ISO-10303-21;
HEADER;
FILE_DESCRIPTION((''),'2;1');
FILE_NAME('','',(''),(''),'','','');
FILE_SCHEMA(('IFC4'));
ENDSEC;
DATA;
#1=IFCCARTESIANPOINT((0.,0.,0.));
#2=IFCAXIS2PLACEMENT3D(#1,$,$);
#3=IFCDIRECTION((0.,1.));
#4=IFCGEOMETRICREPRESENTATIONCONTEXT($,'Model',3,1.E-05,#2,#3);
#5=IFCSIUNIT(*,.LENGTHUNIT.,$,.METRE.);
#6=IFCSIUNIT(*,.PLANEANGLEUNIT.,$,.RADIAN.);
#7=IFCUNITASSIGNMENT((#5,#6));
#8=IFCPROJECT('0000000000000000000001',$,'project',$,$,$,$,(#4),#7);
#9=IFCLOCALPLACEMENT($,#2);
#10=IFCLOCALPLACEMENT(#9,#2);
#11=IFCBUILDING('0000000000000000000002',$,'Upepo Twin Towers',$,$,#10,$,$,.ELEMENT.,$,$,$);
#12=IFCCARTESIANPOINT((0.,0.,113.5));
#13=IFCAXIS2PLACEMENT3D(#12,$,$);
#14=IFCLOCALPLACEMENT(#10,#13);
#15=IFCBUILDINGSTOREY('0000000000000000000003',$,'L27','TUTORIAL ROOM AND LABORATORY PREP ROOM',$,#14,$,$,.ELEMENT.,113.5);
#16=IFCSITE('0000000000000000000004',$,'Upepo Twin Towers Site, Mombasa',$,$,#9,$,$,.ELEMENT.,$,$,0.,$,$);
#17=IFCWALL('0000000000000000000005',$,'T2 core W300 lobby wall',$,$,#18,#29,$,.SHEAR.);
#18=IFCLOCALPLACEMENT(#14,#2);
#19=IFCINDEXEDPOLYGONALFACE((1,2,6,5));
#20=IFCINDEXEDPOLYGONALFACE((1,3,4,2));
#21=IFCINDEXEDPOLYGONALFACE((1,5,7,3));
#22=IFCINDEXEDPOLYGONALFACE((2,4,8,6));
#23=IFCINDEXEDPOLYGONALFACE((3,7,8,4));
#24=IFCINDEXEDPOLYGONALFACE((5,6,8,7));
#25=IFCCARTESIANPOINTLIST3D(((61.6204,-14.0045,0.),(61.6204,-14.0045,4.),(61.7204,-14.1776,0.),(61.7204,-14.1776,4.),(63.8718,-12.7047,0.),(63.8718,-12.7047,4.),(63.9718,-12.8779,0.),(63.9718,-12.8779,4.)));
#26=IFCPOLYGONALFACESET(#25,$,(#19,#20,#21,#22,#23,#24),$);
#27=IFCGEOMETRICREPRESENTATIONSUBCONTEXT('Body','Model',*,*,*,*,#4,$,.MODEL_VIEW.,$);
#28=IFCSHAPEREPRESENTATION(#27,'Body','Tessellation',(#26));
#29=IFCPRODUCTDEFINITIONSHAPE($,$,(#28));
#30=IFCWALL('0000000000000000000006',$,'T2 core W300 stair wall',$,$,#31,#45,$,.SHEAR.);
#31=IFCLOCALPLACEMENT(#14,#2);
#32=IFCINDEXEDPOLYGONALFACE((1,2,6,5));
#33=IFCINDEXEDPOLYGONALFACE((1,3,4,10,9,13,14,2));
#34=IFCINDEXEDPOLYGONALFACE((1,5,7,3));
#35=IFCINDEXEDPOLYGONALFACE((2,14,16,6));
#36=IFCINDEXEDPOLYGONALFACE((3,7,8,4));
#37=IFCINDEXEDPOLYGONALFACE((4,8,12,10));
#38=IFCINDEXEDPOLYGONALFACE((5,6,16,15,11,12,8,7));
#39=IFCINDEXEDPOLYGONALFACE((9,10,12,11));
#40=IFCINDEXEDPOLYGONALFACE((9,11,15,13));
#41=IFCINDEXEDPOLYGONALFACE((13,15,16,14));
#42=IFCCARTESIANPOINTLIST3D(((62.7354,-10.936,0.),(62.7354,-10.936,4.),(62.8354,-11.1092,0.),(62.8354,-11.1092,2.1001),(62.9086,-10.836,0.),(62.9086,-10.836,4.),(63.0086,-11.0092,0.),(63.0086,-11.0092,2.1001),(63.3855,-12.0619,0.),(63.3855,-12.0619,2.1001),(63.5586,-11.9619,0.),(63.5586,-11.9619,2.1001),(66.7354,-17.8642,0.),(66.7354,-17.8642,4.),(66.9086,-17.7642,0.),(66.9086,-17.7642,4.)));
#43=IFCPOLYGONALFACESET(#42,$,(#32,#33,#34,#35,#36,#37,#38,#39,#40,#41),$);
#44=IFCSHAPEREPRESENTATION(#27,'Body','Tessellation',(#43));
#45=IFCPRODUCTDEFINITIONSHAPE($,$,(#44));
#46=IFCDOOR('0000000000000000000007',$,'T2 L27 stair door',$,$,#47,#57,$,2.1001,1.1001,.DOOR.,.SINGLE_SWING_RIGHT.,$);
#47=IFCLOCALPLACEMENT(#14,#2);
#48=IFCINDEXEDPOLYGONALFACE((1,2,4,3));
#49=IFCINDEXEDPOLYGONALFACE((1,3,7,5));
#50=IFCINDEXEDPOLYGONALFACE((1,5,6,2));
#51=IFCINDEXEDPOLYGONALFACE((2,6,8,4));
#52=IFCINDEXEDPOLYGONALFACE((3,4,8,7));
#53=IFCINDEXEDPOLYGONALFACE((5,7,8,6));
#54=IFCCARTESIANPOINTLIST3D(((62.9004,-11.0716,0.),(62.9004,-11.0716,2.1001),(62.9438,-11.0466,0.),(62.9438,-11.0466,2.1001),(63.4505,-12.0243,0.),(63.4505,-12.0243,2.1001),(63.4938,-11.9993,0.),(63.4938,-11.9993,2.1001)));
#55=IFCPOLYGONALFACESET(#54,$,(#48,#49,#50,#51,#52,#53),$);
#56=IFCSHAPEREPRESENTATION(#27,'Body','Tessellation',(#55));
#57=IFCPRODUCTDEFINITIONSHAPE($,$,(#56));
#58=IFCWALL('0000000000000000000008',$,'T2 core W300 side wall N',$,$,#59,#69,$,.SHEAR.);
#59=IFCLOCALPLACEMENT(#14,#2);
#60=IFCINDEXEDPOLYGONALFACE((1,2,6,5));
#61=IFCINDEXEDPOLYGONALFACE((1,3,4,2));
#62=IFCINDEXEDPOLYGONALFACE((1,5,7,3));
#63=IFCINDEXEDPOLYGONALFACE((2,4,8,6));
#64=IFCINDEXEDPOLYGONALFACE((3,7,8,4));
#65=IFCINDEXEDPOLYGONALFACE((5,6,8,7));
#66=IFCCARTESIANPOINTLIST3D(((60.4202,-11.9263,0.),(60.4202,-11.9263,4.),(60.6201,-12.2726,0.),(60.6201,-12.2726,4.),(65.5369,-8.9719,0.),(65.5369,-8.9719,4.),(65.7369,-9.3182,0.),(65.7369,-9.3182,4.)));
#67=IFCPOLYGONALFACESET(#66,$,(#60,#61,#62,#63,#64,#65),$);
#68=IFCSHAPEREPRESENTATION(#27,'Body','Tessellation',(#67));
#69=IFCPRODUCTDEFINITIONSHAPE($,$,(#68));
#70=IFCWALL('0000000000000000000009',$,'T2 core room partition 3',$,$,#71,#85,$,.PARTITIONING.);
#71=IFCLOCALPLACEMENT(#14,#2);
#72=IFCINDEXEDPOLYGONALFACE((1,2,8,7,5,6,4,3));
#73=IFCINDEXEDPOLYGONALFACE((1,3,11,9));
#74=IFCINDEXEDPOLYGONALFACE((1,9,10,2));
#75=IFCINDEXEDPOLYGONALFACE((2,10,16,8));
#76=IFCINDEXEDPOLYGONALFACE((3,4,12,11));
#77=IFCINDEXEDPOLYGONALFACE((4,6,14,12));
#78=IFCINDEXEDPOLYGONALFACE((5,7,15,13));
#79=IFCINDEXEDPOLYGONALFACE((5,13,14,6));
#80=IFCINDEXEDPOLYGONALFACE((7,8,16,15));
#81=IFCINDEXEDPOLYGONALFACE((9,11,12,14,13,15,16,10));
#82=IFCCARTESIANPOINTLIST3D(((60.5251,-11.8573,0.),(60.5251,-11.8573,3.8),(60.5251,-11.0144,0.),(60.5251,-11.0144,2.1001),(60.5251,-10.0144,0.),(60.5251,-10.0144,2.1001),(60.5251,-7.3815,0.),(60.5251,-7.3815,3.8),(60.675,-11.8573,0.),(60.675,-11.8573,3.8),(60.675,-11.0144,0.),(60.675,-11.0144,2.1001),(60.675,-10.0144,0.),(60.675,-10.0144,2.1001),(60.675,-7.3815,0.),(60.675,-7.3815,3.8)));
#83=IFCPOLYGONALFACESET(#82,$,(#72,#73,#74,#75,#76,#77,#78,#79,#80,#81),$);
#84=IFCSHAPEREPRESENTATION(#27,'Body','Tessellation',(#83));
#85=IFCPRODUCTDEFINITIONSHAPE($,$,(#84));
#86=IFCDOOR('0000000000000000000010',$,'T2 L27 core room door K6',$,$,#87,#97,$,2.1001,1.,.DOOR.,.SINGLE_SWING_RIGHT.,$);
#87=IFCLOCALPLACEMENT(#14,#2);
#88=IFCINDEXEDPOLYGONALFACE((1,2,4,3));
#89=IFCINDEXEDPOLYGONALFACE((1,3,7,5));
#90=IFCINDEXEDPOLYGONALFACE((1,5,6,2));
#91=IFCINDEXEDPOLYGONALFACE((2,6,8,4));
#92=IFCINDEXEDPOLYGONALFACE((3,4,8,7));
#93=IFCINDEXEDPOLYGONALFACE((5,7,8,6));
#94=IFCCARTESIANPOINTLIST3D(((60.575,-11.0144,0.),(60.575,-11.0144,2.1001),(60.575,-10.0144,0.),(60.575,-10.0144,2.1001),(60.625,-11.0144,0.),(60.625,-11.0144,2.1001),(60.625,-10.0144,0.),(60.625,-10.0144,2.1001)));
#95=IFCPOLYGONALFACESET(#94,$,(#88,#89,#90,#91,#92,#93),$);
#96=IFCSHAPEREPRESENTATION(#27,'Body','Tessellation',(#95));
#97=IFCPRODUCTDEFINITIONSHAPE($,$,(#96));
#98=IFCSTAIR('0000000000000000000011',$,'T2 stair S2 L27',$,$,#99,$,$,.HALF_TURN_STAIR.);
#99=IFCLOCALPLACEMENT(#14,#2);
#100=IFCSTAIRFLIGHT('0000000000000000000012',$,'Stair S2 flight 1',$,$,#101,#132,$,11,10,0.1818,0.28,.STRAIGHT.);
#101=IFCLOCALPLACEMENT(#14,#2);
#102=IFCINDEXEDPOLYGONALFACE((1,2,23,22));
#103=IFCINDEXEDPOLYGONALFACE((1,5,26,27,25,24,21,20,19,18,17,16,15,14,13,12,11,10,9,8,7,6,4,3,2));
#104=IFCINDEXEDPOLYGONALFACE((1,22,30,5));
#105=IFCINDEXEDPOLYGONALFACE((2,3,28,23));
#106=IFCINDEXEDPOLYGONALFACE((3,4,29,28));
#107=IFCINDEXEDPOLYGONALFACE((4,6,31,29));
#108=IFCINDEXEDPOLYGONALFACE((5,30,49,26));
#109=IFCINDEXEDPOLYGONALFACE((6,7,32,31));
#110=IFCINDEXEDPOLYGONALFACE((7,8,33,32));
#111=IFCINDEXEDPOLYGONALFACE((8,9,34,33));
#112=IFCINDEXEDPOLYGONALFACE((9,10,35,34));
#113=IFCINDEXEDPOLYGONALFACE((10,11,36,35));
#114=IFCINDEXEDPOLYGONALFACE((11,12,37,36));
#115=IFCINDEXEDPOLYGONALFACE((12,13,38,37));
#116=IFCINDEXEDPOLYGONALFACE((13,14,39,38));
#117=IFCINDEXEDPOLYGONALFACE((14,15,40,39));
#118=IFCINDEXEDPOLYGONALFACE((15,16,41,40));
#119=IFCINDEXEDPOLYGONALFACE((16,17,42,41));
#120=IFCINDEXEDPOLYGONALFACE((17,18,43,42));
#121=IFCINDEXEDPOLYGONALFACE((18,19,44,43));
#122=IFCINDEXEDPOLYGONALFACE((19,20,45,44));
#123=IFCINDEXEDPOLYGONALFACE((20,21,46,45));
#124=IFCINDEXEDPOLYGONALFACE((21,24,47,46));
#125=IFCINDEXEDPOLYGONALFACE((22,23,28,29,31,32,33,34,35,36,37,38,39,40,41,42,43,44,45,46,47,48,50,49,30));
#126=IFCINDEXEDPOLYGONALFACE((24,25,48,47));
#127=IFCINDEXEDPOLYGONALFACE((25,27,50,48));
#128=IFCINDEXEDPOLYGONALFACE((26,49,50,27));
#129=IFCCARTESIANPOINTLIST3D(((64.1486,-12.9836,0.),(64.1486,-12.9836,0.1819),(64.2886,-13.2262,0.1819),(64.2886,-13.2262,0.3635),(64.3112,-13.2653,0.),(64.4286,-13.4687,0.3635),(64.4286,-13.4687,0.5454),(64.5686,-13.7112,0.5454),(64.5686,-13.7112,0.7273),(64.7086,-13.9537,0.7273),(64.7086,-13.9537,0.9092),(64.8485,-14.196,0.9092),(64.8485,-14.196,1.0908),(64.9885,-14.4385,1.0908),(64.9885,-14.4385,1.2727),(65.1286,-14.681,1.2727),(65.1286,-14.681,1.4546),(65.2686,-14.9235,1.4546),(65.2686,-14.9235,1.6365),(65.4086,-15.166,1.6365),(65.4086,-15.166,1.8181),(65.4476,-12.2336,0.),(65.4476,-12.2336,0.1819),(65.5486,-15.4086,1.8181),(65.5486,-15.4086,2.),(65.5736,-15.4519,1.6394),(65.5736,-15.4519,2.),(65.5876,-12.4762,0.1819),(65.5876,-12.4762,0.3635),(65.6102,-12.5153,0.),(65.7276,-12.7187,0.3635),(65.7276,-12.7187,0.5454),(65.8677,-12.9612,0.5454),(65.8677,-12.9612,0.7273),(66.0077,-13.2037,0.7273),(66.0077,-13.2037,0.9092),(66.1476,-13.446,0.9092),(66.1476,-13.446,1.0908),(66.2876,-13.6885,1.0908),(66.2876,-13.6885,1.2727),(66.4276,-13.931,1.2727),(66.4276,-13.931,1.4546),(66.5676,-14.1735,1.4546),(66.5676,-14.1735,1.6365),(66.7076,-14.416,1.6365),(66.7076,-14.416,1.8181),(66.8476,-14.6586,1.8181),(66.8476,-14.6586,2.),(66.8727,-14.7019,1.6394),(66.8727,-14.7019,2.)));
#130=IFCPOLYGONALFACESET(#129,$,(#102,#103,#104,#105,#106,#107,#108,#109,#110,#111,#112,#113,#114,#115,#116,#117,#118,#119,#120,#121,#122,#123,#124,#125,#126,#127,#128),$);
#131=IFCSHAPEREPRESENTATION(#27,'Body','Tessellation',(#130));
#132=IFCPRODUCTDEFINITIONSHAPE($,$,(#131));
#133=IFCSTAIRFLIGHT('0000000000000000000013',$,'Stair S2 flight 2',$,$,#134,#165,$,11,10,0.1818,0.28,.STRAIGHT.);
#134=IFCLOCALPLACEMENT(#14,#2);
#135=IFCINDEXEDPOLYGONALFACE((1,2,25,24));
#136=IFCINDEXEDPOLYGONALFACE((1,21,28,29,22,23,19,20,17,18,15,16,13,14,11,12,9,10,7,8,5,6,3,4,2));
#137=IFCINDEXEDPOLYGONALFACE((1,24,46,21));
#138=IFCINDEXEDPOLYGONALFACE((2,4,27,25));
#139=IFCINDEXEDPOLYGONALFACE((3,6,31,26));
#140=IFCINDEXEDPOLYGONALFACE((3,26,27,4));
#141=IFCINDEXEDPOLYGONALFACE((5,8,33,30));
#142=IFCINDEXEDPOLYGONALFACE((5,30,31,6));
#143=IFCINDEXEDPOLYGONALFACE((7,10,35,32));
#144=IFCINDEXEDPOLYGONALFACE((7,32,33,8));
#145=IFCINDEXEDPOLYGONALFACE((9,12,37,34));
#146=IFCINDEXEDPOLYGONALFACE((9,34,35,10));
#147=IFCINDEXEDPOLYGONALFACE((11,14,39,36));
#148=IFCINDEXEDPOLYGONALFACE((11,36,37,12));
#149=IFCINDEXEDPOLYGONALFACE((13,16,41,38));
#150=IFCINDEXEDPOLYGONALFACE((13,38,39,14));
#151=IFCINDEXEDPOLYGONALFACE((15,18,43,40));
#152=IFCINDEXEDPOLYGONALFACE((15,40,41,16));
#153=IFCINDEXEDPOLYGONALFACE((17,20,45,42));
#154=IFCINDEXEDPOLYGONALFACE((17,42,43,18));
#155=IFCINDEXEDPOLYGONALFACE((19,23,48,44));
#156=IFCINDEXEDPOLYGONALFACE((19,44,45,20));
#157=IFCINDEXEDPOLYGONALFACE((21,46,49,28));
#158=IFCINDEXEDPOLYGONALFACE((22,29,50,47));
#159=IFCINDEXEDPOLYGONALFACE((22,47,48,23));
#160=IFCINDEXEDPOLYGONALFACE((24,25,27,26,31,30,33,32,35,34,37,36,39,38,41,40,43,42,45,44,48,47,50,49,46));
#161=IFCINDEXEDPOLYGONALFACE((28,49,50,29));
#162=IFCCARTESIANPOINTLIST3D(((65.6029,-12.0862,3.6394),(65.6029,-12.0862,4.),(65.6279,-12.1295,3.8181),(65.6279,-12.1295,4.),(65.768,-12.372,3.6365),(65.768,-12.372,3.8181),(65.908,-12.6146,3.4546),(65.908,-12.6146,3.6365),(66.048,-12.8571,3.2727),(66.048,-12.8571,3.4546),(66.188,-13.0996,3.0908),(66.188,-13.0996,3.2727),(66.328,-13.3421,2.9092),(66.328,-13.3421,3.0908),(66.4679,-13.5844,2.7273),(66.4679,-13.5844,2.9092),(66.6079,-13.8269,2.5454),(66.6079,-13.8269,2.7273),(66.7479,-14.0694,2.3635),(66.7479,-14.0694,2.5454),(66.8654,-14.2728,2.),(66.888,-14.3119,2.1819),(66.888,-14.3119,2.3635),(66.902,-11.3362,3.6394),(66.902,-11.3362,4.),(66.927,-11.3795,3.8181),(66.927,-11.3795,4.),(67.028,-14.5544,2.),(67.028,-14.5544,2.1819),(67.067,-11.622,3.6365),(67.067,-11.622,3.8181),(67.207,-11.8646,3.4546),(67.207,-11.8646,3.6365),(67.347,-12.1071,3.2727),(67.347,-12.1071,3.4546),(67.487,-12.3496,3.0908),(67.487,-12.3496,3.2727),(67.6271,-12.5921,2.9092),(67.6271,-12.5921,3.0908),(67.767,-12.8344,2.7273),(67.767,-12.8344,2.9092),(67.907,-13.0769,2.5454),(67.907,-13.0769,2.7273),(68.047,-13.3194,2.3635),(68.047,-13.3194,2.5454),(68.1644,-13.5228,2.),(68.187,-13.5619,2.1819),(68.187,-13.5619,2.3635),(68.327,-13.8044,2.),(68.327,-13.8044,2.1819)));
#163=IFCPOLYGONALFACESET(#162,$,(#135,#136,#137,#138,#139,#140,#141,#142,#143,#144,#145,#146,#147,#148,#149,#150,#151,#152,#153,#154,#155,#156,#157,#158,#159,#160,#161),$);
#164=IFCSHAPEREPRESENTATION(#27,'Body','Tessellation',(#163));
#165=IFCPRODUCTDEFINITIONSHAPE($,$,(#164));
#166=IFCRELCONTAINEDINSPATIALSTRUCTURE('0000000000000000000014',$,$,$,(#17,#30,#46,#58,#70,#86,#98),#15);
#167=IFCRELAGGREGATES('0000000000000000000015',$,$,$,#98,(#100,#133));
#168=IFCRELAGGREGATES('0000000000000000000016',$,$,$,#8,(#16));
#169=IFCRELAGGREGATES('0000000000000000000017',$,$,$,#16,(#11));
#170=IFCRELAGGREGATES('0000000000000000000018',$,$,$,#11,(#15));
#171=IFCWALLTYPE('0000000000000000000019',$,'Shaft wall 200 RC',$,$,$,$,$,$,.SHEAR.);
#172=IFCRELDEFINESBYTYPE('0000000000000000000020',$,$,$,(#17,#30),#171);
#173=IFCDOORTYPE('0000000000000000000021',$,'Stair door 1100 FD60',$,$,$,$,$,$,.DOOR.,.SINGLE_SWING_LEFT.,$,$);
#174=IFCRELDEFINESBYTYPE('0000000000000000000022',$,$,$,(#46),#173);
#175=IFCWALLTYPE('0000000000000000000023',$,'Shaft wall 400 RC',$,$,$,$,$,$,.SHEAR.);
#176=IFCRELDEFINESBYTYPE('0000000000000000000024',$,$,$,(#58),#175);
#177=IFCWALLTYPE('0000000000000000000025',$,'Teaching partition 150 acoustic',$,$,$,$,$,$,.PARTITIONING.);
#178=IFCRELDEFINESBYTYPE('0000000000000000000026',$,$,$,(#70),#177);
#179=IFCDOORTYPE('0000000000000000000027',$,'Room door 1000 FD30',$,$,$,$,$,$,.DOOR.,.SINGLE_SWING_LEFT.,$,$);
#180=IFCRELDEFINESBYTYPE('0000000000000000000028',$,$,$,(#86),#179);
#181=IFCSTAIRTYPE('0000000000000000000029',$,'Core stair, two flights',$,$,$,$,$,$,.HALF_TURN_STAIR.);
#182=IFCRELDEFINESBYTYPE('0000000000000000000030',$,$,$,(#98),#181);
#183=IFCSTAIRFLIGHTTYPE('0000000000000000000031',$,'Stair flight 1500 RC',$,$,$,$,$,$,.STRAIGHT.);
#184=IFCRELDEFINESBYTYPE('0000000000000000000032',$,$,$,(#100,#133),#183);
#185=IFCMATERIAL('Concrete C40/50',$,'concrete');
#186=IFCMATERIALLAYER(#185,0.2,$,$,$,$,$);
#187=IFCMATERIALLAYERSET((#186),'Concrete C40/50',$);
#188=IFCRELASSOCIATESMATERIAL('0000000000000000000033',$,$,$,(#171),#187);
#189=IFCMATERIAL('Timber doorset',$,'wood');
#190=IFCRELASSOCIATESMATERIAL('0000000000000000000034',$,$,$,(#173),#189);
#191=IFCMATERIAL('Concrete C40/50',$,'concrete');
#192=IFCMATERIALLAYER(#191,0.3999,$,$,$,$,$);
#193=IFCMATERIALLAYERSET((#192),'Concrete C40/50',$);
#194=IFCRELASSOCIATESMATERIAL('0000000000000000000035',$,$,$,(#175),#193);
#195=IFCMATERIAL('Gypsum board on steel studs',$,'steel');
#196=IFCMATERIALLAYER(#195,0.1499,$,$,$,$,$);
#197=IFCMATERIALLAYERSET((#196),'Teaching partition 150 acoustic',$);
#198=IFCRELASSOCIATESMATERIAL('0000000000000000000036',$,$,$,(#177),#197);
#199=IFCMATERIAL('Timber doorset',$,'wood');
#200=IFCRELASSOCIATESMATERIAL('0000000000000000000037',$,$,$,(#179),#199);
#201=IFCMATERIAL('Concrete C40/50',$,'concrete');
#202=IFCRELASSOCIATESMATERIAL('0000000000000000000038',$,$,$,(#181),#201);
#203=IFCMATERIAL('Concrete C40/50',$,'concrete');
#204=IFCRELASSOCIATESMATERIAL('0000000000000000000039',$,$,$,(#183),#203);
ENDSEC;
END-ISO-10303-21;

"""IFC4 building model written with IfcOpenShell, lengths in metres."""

from ifc_helpers import new_model, si_unit, direction, frame, frame_2d, origin, place, context, subcontext, project, spatial, polyline, rectangle, outline, extrude, material, layer, layer_set, type_object, element, fill, aggregate, save


model = new_model("IFC4")

# Units and contexts
model_context = context("Model", 3, precision=1e-05, world=origin(), true_north=direction((0.0, 1.0)))
body_context = subcontext(model_context, "Body", "Model", "MODEL_VIEW")
ifc_project = project(units=[si_unit("LENGTHUNIT", "METRE"), si_unit("PLANEANGLEUNIT", "RADIAN")], contexts=[model_context])

# Site, building, storey
site_placement = place(None, origin())
site = spatial("IfcSite", under=ifc_project, at=site_placement, Name="Upepo Twin Towers Site, Mombasa", CompositionType="ELEMENT", RefElevation=0.0)
building_placement = place(site_placement, origin())
building = spatial("IfcBuilding", under=site, at=building_placement, Name="Upepo Twin Towers", CompositionType="ELEMENT")
storey_placement = place(building_placement, frame((0.0, 0.0, 113.5)))
storey = spatial("IfcBuildingStorey", under=building, at=storey_placement, Name="L27", Description="TUTORIAL ROOM AND LABORATORY PREP ROOM", CompositionType="ELEMENT", Elevation=113.5)

# Shared definitions
ifc_material_1 = material(Name="Concrete C40/50", Category="concrete")
ifc_layer_1 = layer(ifc_material_1, 0.2)
ifc_layer_set_1 = layer_set([ifc_layer_1], Name="Concrete C40/50")
wall_type_1 = type_object("IfcWallType", Name="Shaft wall 200 RC", PredefinedType="SHEAR", material=ifc_layer_set_1)

# Wall
wall_1_placement = place(storey_placement, frame((61.6704, -14.0911, 0.0), z_axis=(0.0, 0.0, 1.0), x_axis=(0.866039, 0.499977, 0.0)))
element("IfcWall", 1, at=wall_1_placement, inside=storey, type_object=wall_type_1, Name="T2 core W300 lobby wall", PredefinedType="SHEAR", context=body_context, shape_type="SweptSolid", body=[
    extrude(rectangle(XDim=2.5996, YDim=0.2, at=frame_2d((1.2998, 0.0))), origin(), (0.0, 0.0, 1.0), 4.0),
])

# Wall, opening, door
wall_2_placement = place(storey_placement, frame((66.822, -17.8142, 0.0), z_axis=(0.0, 0.0, 1.0), x_axis=(-0.499999, 0.866026, 0.0)))
wall_2 = element("IfcWall", 2, at=wall_2_placement, inside=storey, type_object=wall_type_1, Name="T2 core W300 stair wall", PredefinedType="SHEAR", context=body_context, shape_type="SweptSolid", body=[
    extrude(rectangle(XDim=8.0, YDim=0.2, at=frame_2d((4.0, 0.0))), origin(), (0.0, 0.0, 1.0), 4.0),
])
opening_1_placement = place(wall_2_placement, frame((6.7, 0.0, 0.0)))
opening_1 = element("IfcOpeningElement", 3, at=opening_1_placement, cuts=wall_2, PredefinedType="OPENING", context=body_context, shape_type="SweptSolid", body=[
    extrude(rectangle(XDim=1.1001, YDim=2.1001, at=frame_2d((0.55, 1.05))), frame((0.0, 0.1099, 0.0), z_axis=(0.0, -1.0, 0.0), x_axis=(1.0, 0.0, 0.0)), (0.0, 0.0, 1.0), 0.22),
])
ifc_material_2 = material(Name="Timber doorset", Category="wood")
door_type_1 = type_object("IfcDoorType", Name="Stair door 1100 FD60", OperationType="SINGLE_SWING_LEFT", PredefinedType="DOOR", material=ifc_material_2)
door_1_placement = place(opening_1_placement, origin())
door_1 = element("IfcDoor", 4, at=door_1_placement, inside=storey, type_object=door_type_1, Name="T2 L27 stair door", OperationType="SINGLE_SWING_RIGHT", OverallHeight=2.1001, OverallWidth=1.1001, PredefinedType="DOOR", context=body_context, shape_type="SweptSolid", body=[
    extrude(rectangle(XDim=1.1001, YDim=2.1001, at=frame_2d((0.55, 1.05))), frame((0.0, 0.0249, 0.0), z_axis=(0.0, -1.0, 0.0), x_axis=(1.0, 0.0, 0.0)), (0.0, 0.0, 1.0), 0.05),
])
fill(opening_1, door_1)

# Wall
ifc_material_3 = material(Name="Concrete C40/50", Category="concrete")
ifc_layer_2 = layer(ifc_material_3, 0.3999)
ifc_layer_set_2 = layer_set([ifc_layer_2], Name="Concrete C40/50")
wall_type_2 = type_object("IfcWallType", Name="Shaft wall 400 RC", PredefinedType="SHEAR", material=ifc_layer_set_2)
wall_3_placement = place(storey_placement, frame((60.5203, -12.0994, 0.0), z_axis=(0.0, 0.0, 1.0), x_axis=(0.866009, 0.500028, 0.0)))
element("IfcWall", 5, at=wall_3_placement, inside=storey, type_object=wall_type_2, Name="T2 core W300 side wall N", PredefinedType="SHEAR", context=body_context, shape_type="SweptSolid", body=[
    extrude(rectangle(XDim=5.9084, YDim=0.3999, at=frame_2d((2.9541, 0.0))), origin(), (0.0, 0.0, 1.0), 4.0),
])

# Wall, opening, door
ifc_material_4 = material(Name="Gypsum board on steel studs", Category="steel")
ifc_layer_3 = layer(ifc_material_4, 0.1499)
ifc_layer_set_3 = layer_set([ifc_layer_3], Name="Teaching partition 150 acoustic")
wall_type_3 = type_object("IfcWallType", Name="Teaching partition 150 acoustic", PredefinedType="PARTITIONING", material=ifc_layer_set_3)
wall_4_placement = place(storey_placement, frame((60.6001, -7.3816, 0.0), z_axis=(0.0, 0.0, 1.0), x_axis=(0.0, -1.0, 0.0)))
wall_4 = element("IfcWall", 6, at=wall_4_placement, inside=storey, type_object=wall_type_3, Name="T2 core room partition 3", PredefinedType="PARTITIONING", context=body_context, shape_type="SweptSolid", body=[
    extrude(rectangle(XDim=4.4758, YDim=0.1499, at=frame_2d((2.2378, 0.0))), origin(), (0.0, 0.0, 1.0), 3.8),
])
opening_2_placement = place(wall_4_placement, frame((2.6328, 0.0, 0.0)))
opening_2 = element("IfcOpeningElement", 7, at=opening_2_placement, cuts=wall_4, PredefinedType="OPENING", context=body_context, shape_type="SweptSolid", body=[
    extrude(rectangle(XDim=1.0, YDim=2.1001, at=frame_2d((0.5, 1.05))), frame((0.0, 0.085, 0.0), z_axis=(0.0, -1.0, 0.0), x_axis=(1.0, 0.0, 0.0)), (0.0, 0.0, 1.0), 0.1699),
])
ifc_material_5 = material(Name="Timber doorset", Category="wood")
door_type_2 = type_object("IfcDoorType", Name="Room door 1000 FD30", OperationType="SINGLE_SWING_LEFT", PredefinedType="DOOR", material=ifc_material_5)
door_2_placement = place(opening_2_placement, origin())
door_2 = element("IfcDoor", 8, at=door_2_placement, inside=storey, type_object=door_type_2, Name="T2 L27 core room door K6", OperationType="SINGLE_SWING_RIGHT", OverallHeight=2.1001, OverallWidth=1.0, PredefinedType="DOOR", context=body_context, shape_type="SweptSolid", body=[
    extrude(rectangle(XDim=1.0, YDim=2.1001, at=frame_2d((0.5, 1.05))), frame((0.0, 0.0249, 0.0), z_axis=(0.0, -1.0, 0.0), x_axis=(1.0, 0.0, 0.0)), (0.0, 0.0, 1.0), 0.05),
])
fill(opening_2, door_2)

# Stair, stair flights
ifc_material_6 = material(Name="Concrete C40/50", Category="concrete")
stair_type = type_object("IfcStairType", Name="Core stair, two flights", PredefinedType="HALF_TURN_STAIR", material=ifc_material_6)
stair_placement = place(storey_placement, origin())
stair = element("IfcStair", 9, at=stair_placement, inside=storey, type_object=stair_type, Name="T2 stair S2 L27", PredefinedType="HALF_TURN_STAIR")
ifc_material_7 = material(Name="Concrete C40/50", Category="concrete")
stair_flight_type = type_object("IfcStairFlightType", Name="Stair flight 1500 RC", PredefinedType="STRAIGHT", material=ifc_material_7)
stair_flight_1_placement = place(storey_placement, frame((64.7981, -12.6086, 0.0), z_axis=(0.0, 0.0, 1.0), x_axis=(0.5, -0.866025, 0.0)))
stair_flight_1 = element("IfcStairFlight", 10, at=stair_flight_1_placement, type_object=stair_flight_type, Name="Stair S2 flight 1", NumberOfRisers=11, NumberOfTreads=10, PredefinedType="STRAIGHT", RiserHeight=0.1818, TreadLength=0.28, context=body_context, shape_type="SweptSolid", body=[
    extrude(outline(polyline([(0.0, 0.0), (0.0, 0.1819), (0.28, 0.1819), (0.28, 0.3635), (0.5601, 0.3635), (0.5601, 0.5454), (0.8401, 0.5454), (0.8401, 0.7273), (1.1201, 0.7273), (1.1201, 0.9092), (1.3999, 0.9092), (1.3999, 1.0908), (1.6799, 1.0908), (1.6799, 1.2727), (1.96, 1.2727), (1.96, 1.4546), (2.24, 1.4546), (2.24, 1.6365), (2.52, 1.6365), (2.52, 1.8181), (2.8, 1.8181), (2.8, 2.0), (2.8501, 2.0), (2.8501, 1.6394), (0.3252, 0.0), (0.0, 0.0)])), frame((0.0, 0.75, 0.0), z_axis=(0.0, -1.0, 0.0), x_axis=(1.0, 0.0, 0.0)), (0.0, 0.0, 1.0), 1.5),
])
stair_flight_2_placement = place(storey_placement, frame((67.6775, -14.1794, 2.0), z_axis=(0.0, 0.0, 1.0), x_axis=(-0.5, 0.866025, 0.0)))
stair_flight_2 = element("IfcStairFlight", 11, at=stair_flight_2_placement, type_object=stair_flight_type, Name="Stair S2 flight 2", NumberOfRisers=11, NumberOfTreads=10, PredefinedType="STRAIGHT", RiserHeight=0.1818, TreadLength=0.28, context=body_context, shape_type="SweptSolid", body=[
    extrude(outline(polyline([(0.0, 0.0), (0.0, 0.1819), (0.28, 0.1819), (0.28, 0.3635), (0.5601, 0.3635), (0.5601, 0.5454), (0.8401, 0.5454), (0.8401, 0.7273), (1.1201, 0.7273), (1.1201, 0.9092), (1.3999, 0.9092), (1.3999, 1.0908), (1.6799, 1.0908), (1.6799, 1.2727), (1.96, 1.2727), (1.96, 1.4546), (2.24, 1.4546), (2.24, 1.6365), (2.52, 1.6365), (2.52, 1.8181), (2.8, 1.8181), (2.8, 2.0), (2.8501, 2.0), (2.8501, 1.6394), (0.3252, 0.0), (0.0, 0.0)])), frame((0.0, 0.75, 0.0), z_axis=(0.0, -1.0, 0.0), x_axis=(1.0, 0.0, 0.0)), (0.0, 0.0, 1.0), 1.5),
])
aggregate(stair, [stair_flight_1, stair_flight_2])

save(model, "model.ifc")
